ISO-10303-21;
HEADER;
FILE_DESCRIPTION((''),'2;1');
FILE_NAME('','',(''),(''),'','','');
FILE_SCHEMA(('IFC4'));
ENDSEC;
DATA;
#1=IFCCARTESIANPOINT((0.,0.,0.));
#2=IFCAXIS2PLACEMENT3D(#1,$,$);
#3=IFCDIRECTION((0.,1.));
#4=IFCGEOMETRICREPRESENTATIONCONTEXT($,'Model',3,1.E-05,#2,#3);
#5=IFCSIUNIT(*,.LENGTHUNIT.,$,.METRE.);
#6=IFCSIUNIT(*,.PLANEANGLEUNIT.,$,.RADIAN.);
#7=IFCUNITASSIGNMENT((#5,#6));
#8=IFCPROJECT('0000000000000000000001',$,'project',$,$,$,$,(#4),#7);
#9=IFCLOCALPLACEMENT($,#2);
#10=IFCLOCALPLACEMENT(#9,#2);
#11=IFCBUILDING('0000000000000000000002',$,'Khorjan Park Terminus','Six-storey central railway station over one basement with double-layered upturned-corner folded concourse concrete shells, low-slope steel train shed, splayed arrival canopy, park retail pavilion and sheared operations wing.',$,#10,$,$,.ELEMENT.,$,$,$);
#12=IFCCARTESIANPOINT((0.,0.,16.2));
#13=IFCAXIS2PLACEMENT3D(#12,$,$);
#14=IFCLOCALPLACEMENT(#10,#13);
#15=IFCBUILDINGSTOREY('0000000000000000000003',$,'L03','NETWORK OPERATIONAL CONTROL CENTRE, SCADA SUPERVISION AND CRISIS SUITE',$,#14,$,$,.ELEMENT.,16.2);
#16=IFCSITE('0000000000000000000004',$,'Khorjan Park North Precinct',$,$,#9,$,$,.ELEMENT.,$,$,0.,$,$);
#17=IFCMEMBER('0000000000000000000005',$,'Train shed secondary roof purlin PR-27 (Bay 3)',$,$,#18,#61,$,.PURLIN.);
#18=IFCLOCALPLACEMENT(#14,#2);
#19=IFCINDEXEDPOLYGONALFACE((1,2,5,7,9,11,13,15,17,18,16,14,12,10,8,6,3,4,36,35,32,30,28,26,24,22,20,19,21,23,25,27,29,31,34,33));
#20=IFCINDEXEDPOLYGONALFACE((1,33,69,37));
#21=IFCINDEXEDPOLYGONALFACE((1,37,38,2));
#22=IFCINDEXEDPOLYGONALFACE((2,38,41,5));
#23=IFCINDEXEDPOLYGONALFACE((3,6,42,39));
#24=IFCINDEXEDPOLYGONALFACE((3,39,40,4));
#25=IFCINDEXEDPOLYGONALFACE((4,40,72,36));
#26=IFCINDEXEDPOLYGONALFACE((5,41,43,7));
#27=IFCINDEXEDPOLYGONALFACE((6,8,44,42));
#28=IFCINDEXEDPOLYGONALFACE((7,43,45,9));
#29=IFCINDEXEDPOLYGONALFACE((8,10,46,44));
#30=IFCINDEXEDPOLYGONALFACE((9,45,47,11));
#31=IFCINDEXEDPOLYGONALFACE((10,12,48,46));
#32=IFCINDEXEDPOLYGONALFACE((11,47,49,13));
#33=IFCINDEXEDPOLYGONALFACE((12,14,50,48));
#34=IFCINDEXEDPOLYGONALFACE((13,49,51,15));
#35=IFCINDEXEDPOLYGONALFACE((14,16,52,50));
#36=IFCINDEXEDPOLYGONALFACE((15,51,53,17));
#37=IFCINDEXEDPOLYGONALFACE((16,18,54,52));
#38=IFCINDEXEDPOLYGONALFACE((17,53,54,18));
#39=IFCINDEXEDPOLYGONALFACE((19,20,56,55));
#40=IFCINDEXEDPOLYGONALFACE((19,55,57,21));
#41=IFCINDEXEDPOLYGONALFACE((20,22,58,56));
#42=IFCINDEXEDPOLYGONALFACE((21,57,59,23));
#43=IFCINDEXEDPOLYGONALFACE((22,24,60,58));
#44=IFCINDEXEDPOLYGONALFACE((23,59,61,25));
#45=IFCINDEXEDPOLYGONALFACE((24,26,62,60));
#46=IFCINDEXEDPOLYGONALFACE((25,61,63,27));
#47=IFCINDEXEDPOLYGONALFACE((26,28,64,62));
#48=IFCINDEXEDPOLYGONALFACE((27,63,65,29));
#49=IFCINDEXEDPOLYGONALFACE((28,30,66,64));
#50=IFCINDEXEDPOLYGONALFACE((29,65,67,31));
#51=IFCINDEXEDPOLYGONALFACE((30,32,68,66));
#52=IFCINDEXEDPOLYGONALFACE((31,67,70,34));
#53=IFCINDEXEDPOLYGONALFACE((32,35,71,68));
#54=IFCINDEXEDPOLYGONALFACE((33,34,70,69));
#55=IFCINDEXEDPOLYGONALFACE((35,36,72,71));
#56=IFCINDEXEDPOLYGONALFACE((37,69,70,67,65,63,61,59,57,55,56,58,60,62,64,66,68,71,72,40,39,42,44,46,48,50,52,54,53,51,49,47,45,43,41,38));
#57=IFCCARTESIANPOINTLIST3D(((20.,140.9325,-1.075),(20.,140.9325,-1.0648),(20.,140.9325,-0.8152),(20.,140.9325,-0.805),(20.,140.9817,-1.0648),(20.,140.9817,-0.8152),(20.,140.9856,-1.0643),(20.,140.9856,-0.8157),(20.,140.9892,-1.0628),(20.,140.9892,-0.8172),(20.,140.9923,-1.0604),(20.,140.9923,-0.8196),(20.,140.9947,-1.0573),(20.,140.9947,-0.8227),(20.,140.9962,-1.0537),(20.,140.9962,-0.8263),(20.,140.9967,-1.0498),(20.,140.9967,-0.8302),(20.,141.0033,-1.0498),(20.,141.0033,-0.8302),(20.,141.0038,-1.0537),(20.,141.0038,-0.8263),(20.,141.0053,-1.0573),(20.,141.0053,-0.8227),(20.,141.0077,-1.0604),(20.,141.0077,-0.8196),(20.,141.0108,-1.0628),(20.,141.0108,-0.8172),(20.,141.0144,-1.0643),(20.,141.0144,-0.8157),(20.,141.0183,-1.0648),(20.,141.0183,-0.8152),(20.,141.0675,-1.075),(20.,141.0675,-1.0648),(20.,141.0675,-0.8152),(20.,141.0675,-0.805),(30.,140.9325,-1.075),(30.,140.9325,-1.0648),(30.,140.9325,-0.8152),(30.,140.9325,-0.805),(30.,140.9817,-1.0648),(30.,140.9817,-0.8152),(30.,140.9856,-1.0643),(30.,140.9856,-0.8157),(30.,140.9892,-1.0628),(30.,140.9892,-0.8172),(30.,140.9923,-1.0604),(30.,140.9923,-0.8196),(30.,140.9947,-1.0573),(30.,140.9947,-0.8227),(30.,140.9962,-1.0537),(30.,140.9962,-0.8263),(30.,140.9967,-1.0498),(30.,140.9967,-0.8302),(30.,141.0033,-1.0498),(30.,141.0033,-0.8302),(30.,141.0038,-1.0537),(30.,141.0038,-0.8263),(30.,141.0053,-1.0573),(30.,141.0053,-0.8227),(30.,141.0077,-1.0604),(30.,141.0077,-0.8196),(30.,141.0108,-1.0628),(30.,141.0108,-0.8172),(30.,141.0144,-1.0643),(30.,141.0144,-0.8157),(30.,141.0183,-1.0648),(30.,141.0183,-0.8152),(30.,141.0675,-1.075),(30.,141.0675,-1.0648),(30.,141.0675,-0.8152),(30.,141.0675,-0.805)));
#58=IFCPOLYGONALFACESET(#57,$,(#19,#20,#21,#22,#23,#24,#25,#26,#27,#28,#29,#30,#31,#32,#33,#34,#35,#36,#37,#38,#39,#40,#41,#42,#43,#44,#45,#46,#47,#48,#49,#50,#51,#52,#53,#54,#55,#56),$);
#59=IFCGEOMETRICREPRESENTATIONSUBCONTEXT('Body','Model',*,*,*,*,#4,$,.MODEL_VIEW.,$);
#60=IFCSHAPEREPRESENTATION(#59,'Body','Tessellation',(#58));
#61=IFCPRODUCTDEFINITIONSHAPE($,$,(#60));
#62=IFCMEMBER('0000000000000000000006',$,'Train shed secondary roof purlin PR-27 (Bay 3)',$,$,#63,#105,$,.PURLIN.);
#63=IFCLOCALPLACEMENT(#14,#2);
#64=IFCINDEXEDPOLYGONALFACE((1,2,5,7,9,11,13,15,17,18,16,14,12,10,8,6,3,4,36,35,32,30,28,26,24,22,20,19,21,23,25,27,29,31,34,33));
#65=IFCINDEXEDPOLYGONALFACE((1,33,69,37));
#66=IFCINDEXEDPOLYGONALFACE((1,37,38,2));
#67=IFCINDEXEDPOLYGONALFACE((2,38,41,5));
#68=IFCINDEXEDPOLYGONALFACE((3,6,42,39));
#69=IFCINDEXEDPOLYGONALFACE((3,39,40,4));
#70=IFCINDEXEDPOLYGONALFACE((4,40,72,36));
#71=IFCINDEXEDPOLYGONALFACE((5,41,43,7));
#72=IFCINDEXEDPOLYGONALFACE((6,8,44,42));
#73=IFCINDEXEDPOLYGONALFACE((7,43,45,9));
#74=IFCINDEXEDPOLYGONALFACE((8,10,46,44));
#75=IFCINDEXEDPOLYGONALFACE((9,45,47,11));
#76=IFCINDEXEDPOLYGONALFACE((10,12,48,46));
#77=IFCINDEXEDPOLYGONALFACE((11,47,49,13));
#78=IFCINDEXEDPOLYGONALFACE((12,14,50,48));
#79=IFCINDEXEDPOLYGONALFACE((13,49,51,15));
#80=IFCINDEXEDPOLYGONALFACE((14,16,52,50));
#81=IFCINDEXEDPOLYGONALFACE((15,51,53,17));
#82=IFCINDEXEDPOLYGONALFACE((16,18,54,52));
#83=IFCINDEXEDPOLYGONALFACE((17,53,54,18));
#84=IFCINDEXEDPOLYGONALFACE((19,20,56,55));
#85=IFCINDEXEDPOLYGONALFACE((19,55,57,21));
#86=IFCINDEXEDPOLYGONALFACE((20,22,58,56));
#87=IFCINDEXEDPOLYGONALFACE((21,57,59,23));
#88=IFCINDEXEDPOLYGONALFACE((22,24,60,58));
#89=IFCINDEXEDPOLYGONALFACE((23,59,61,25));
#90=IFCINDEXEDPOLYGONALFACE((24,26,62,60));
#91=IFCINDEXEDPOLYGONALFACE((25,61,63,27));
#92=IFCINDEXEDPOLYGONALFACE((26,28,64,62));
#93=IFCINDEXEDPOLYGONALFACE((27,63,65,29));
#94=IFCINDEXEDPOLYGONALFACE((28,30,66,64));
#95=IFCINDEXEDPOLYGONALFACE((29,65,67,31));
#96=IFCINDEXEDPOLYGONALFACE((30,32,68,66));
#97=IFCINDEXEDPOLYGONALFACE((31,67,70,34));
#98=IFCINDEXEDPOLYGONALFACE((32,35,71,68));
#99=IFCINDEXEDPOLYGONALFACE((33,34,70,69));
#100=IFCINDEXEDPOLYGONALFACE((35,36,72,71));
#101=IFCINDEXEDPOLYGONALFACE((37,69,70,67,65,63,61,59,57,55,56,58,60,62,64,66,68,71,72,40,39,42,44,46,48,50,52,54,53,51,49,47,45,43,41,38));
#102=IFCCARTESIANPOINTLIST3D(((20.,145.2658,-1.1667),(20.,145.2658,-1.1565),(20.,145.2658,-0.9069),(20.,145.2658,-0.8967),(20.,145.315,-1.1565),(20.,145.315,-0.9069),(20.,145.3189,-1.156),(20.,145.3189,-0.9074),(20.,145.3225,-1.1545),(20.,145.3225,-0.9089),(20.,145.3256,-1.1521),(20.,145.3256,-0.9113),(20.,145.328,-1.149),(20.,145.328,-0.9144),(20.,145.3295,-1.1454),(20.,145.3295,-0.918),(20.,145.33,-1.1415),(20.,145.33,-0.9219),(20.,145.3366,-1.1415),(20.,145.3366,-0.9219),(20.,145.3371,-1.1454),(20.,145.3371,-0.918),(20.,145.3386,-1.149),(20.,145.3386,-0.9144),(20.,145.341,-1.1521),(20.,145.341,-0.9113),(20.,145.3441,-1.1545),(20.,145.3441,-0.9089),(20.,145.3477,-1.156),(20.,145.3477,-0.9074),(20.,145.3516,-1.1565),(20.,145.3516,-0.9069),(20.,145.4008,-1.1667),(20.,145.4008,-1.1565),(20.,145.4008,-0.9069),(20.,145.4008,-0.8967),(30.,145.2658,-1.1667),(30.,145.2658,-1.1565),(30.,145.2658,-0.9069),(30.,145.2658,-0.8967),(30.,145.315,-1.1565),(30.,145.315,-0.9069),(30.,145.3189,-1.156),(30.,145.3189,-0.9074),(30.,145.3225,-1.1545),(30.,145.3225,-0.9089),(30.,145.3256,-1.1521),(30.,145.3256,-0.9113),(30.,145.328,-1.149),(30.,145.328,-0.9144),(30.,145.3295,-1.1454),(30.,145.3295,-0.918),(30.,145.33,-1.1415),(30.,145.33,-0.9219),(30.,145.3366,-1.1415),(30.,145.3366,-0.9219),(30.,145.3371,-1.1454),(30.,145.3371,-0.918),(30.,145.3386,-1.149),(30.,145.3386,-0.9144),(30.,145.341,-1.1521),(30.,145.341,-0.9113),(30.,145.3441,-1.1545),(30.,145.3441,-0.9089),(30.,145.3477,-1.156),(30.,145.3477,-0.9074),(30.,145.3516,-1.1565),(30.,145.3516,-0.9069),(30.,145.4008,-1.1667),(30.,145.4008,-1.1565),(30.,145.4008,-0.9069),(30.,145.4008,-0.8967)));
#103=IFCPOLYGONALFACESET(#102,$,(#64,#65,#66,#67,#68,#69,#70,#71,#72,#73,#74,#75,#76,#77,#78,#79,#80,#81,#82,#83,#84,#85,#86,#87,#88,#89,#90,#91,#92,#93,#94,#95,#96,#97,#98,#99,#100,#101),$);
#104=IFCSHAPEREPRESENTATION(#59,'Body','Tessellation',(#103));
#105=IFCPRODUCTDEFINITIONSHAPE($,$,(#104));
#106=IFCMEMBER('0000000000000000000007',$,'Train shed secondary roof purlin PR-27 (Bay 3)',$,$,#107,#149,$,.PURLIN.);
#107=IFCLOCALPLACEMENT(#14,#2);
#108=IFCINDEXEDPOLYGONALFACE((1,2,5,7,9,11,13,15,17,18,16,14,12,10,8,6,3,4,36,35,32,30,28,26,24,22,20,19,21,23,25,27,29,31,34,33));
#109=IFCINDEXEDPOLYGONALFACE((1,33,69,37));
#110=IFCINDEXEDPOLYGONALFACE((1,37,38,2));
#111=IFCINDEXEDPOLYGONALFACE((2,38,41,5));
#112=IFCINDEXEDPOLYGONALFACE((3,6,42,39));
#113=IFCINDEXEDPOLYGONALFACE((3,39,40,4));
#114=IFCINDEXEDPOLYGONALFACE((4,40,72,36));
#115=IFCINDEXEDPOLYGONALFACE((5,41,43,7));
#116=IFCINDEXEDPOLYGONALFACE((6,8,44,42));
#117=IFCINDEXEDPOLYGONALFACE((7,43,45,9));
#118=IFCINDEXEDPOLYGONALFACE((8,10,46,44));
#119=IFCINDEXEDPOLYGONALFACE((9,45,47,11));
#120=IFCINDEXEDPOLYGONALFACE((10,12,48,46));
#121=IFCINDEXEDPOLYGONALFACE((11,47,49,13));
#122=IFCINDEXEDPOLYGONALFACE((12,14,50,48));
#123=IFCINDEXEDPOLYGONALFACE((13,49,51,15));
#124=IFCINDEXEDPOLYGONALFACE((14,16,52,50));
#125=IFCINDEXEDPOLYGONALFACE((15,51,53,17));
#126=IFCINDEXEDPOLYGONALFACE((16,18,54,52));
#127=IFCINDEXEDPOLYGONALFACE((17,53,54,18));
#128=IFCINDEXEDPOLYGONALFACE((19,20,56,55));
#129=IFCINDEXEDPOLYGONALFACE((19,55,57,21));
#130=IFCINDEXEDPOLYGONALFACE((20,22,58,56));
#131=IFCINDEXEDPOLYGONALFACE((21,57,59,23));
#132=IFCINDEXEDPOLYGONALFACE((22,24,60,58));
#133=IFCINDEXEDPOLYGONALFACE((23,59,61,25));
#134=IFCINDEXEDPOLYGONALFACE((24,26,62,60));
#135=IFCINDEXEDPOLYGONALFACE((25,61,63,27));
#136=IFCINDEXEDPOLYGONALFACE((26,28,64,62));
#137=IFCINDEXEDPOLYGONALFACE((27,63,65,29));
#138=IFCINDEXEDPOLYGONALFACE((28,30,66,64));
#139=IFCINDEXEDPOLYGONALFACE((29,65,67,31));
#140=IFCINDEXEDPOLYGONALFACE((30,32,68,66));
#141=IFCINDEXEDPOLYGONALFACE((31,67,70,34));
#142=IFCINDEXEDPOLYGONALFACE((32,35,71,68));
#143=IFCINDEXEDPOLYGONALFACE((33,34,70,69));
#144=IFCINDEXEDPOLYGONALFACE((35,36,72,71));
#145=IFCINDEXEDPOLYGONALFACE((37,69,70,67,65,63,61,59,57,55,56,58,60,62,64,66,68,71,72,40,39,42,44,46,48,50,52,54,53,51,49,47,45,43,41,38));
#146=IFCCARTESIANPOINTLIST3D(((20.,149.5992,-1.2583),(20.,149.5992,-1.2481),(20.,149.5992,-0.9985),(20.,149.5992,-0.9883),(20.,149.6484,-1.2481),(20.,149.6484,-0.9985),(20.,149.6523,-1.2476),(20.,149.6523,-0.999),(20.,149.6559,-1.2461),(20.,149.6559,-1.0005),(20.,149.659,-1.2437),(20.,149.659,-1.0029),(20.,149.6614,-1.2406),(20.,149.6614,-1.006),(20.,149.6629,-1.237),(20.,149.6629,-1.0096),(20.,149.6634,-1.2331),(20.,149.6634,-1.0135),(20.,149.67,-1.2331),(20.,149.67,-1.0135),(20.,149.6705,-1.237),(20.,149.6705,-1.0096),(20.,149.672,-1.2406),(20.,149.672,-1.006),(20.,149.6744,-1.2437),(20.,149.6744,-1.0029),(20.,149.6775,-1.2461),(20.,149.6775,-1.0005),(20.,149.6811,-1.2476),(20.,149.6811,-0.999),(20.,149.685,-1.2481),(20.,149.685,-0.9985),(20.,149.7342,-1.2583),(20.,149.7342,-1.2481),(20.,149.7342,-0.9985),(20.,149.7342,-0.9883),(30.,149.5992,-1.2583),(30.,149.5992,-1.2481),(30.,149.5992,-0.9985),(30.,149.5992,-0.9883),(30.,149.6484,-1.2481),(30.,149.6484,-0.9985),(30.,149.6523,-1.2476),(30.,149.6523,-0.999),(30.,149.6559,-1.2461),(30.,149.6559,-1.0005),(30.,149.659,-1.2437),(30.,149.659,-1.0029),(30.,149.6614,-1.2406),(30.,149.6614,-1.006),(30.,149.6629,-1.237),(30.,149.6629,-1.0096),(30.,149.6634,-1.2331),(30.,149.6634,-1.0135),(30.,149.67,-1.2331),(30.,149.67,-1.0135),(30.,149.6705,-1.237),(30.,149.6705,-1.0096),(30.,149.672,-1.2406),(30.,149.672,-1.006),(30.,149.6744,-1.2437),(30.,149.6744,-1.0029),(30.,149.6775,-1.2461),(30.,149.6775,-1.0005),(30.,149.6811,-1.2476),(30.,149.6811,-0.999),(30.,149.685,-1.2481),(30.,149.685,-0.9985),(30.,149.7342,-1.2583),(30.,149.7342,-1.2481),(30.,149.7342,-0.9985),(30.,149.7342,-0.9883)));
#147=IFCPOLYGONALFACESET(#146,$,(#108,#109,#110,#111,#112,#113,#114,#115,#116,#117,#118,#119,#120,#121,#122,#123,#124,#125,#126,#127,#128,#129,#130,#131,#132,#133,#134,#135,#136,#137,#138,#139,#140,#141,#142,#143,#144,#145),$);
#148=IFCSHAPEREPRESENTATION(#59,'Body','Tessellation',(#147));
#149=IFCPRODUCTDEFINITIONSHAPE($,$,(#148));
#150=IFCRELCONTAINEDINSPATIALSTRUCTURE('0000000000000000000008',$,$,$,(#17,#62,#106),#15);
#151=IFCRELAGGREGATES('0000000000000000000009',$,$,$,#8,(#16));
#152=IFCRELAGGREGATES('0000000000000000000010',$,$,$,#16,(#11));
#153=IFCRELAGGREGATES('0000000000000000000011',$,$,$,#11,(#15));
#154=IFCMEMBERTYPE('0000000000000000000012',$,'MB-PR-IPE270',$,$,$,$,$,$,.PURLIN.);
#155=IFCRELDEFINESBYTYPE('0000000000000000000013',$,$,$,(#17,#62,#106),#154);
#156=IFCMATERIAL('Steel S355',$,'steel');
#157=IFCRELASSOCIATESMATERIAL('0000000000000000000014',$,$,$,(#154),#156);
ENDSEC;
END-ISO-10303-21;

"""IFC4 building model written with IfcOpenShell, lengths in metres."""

from ifc_helpers import new_model, si_unit, direction, frame, origin, origin_2d, place, context, subcontext, project, spatial, i_section, extrude, material, material_profile, profile_set, type_object, element, save


model = new_model("IFC4")

# Units and contexts
model_context = context("Model", 3, precision=1e-05, world=origin(), true_north=direction((0.0, 1.0)))
body_context = subcontext(model_context, "Body", "Model", "MODEL_VIEW")
ifc_project = project(units=[si_unit("LENGTHUNIT", "METRE"), si_unit("PLANEANGLEUNIT", "RADIAN")], contexts=[model_context])

# Site, building, storey
site_placement = place(None, origin())
site = spatial("IfcSite", under=ifc_project, at=site_placement, Name="Khorjan Park North Precinct", CompositionType="ELEMENT", RefElevation=0.0)
building_placement = place(site_placement, origin())
building = spatial("IfcBuilding", under=site, at=building_placement, Name="Khorjan Park Terminus", Description="Six-storey central railway station over one basement with double-layered upturned-corner folded concourse concrete shells, low-slope steel train shed, splayed arrival canopy, park retail pavilion and sheared operations wing.", CompositionType="ELEMENT")
storey_placement = place(building_placement, frame((0.0, 0.0, 16.2)))
storey = spatial("IfcBuildingStorey", under=building, at=storey_placement, Name="L03", Description="NETWORK OPERATIONAL CONTROL CENTRE, SCADA SUPERVISION AND CRISIS SUITE", CompositionType="ELEMENT", Elevation=16.2)

# Members
ifc_material = material(Name="Steel S355", Category="steel")
ifc_material_profile_1 = material_profile(ifc_material, i_section(OverallWidth=0.135, OverallDepth=0.27, WebThickness=0.0066, FlangeThickness=0.0102, FilletRadius=0.015, at=origin_2d()), Name="IPE 270")
ifc_profile_set_1 = profile_set([ifc_material_profile_1], Name="Steel S355")
member_type_1 = type_object("IfcMemberType", Name="MB-PR-IPE270", PredefinedType="PURLIN", material=ifc_profile_set_1)
for number, where, z_axis, x_axis, name in (
    (1, (20.0, 141.0, -0.94), (1.0, 0.0, 0.0), (0.0, 1.0, 0.0), "Train shed secondary roof purlin PR-27 (Bay 3)"),
    (2, (20.0, 145.3333, -1.0317), (1.0, 0.0, 0.0), (0.0, 1.0, 0.0), "Train shed secondary roof purlin PR-27 (Bay 3)"),
    (3, (20.0, 149.6667, -1.1233), (1.0, 0.0, 0.0), (0.0, 1.0, 0.0), "Train shed secondary roof purlin PR-27 (Bay 3)"),
):
    element("IfcMember", number, at=place(storey_placement, frame(where, z_axis=z_axis, x_axis=x_axis)), inside=storey, type_object=member_type_1, Name=name, PredefinedType="PURLIN", context=body_context, shape_type="SweptSolid", body=[
        extrude(i_section(OverallWidth=0.135, OverallDepth=0.27, WebThickness=0.0066, FlangeThickness=0.0102, FilletRadius=0.015, at=origin_2d()), origin(), (0.0, 0.0, 1.0), 10.0),
    ])

save(model, "model.ifc")
